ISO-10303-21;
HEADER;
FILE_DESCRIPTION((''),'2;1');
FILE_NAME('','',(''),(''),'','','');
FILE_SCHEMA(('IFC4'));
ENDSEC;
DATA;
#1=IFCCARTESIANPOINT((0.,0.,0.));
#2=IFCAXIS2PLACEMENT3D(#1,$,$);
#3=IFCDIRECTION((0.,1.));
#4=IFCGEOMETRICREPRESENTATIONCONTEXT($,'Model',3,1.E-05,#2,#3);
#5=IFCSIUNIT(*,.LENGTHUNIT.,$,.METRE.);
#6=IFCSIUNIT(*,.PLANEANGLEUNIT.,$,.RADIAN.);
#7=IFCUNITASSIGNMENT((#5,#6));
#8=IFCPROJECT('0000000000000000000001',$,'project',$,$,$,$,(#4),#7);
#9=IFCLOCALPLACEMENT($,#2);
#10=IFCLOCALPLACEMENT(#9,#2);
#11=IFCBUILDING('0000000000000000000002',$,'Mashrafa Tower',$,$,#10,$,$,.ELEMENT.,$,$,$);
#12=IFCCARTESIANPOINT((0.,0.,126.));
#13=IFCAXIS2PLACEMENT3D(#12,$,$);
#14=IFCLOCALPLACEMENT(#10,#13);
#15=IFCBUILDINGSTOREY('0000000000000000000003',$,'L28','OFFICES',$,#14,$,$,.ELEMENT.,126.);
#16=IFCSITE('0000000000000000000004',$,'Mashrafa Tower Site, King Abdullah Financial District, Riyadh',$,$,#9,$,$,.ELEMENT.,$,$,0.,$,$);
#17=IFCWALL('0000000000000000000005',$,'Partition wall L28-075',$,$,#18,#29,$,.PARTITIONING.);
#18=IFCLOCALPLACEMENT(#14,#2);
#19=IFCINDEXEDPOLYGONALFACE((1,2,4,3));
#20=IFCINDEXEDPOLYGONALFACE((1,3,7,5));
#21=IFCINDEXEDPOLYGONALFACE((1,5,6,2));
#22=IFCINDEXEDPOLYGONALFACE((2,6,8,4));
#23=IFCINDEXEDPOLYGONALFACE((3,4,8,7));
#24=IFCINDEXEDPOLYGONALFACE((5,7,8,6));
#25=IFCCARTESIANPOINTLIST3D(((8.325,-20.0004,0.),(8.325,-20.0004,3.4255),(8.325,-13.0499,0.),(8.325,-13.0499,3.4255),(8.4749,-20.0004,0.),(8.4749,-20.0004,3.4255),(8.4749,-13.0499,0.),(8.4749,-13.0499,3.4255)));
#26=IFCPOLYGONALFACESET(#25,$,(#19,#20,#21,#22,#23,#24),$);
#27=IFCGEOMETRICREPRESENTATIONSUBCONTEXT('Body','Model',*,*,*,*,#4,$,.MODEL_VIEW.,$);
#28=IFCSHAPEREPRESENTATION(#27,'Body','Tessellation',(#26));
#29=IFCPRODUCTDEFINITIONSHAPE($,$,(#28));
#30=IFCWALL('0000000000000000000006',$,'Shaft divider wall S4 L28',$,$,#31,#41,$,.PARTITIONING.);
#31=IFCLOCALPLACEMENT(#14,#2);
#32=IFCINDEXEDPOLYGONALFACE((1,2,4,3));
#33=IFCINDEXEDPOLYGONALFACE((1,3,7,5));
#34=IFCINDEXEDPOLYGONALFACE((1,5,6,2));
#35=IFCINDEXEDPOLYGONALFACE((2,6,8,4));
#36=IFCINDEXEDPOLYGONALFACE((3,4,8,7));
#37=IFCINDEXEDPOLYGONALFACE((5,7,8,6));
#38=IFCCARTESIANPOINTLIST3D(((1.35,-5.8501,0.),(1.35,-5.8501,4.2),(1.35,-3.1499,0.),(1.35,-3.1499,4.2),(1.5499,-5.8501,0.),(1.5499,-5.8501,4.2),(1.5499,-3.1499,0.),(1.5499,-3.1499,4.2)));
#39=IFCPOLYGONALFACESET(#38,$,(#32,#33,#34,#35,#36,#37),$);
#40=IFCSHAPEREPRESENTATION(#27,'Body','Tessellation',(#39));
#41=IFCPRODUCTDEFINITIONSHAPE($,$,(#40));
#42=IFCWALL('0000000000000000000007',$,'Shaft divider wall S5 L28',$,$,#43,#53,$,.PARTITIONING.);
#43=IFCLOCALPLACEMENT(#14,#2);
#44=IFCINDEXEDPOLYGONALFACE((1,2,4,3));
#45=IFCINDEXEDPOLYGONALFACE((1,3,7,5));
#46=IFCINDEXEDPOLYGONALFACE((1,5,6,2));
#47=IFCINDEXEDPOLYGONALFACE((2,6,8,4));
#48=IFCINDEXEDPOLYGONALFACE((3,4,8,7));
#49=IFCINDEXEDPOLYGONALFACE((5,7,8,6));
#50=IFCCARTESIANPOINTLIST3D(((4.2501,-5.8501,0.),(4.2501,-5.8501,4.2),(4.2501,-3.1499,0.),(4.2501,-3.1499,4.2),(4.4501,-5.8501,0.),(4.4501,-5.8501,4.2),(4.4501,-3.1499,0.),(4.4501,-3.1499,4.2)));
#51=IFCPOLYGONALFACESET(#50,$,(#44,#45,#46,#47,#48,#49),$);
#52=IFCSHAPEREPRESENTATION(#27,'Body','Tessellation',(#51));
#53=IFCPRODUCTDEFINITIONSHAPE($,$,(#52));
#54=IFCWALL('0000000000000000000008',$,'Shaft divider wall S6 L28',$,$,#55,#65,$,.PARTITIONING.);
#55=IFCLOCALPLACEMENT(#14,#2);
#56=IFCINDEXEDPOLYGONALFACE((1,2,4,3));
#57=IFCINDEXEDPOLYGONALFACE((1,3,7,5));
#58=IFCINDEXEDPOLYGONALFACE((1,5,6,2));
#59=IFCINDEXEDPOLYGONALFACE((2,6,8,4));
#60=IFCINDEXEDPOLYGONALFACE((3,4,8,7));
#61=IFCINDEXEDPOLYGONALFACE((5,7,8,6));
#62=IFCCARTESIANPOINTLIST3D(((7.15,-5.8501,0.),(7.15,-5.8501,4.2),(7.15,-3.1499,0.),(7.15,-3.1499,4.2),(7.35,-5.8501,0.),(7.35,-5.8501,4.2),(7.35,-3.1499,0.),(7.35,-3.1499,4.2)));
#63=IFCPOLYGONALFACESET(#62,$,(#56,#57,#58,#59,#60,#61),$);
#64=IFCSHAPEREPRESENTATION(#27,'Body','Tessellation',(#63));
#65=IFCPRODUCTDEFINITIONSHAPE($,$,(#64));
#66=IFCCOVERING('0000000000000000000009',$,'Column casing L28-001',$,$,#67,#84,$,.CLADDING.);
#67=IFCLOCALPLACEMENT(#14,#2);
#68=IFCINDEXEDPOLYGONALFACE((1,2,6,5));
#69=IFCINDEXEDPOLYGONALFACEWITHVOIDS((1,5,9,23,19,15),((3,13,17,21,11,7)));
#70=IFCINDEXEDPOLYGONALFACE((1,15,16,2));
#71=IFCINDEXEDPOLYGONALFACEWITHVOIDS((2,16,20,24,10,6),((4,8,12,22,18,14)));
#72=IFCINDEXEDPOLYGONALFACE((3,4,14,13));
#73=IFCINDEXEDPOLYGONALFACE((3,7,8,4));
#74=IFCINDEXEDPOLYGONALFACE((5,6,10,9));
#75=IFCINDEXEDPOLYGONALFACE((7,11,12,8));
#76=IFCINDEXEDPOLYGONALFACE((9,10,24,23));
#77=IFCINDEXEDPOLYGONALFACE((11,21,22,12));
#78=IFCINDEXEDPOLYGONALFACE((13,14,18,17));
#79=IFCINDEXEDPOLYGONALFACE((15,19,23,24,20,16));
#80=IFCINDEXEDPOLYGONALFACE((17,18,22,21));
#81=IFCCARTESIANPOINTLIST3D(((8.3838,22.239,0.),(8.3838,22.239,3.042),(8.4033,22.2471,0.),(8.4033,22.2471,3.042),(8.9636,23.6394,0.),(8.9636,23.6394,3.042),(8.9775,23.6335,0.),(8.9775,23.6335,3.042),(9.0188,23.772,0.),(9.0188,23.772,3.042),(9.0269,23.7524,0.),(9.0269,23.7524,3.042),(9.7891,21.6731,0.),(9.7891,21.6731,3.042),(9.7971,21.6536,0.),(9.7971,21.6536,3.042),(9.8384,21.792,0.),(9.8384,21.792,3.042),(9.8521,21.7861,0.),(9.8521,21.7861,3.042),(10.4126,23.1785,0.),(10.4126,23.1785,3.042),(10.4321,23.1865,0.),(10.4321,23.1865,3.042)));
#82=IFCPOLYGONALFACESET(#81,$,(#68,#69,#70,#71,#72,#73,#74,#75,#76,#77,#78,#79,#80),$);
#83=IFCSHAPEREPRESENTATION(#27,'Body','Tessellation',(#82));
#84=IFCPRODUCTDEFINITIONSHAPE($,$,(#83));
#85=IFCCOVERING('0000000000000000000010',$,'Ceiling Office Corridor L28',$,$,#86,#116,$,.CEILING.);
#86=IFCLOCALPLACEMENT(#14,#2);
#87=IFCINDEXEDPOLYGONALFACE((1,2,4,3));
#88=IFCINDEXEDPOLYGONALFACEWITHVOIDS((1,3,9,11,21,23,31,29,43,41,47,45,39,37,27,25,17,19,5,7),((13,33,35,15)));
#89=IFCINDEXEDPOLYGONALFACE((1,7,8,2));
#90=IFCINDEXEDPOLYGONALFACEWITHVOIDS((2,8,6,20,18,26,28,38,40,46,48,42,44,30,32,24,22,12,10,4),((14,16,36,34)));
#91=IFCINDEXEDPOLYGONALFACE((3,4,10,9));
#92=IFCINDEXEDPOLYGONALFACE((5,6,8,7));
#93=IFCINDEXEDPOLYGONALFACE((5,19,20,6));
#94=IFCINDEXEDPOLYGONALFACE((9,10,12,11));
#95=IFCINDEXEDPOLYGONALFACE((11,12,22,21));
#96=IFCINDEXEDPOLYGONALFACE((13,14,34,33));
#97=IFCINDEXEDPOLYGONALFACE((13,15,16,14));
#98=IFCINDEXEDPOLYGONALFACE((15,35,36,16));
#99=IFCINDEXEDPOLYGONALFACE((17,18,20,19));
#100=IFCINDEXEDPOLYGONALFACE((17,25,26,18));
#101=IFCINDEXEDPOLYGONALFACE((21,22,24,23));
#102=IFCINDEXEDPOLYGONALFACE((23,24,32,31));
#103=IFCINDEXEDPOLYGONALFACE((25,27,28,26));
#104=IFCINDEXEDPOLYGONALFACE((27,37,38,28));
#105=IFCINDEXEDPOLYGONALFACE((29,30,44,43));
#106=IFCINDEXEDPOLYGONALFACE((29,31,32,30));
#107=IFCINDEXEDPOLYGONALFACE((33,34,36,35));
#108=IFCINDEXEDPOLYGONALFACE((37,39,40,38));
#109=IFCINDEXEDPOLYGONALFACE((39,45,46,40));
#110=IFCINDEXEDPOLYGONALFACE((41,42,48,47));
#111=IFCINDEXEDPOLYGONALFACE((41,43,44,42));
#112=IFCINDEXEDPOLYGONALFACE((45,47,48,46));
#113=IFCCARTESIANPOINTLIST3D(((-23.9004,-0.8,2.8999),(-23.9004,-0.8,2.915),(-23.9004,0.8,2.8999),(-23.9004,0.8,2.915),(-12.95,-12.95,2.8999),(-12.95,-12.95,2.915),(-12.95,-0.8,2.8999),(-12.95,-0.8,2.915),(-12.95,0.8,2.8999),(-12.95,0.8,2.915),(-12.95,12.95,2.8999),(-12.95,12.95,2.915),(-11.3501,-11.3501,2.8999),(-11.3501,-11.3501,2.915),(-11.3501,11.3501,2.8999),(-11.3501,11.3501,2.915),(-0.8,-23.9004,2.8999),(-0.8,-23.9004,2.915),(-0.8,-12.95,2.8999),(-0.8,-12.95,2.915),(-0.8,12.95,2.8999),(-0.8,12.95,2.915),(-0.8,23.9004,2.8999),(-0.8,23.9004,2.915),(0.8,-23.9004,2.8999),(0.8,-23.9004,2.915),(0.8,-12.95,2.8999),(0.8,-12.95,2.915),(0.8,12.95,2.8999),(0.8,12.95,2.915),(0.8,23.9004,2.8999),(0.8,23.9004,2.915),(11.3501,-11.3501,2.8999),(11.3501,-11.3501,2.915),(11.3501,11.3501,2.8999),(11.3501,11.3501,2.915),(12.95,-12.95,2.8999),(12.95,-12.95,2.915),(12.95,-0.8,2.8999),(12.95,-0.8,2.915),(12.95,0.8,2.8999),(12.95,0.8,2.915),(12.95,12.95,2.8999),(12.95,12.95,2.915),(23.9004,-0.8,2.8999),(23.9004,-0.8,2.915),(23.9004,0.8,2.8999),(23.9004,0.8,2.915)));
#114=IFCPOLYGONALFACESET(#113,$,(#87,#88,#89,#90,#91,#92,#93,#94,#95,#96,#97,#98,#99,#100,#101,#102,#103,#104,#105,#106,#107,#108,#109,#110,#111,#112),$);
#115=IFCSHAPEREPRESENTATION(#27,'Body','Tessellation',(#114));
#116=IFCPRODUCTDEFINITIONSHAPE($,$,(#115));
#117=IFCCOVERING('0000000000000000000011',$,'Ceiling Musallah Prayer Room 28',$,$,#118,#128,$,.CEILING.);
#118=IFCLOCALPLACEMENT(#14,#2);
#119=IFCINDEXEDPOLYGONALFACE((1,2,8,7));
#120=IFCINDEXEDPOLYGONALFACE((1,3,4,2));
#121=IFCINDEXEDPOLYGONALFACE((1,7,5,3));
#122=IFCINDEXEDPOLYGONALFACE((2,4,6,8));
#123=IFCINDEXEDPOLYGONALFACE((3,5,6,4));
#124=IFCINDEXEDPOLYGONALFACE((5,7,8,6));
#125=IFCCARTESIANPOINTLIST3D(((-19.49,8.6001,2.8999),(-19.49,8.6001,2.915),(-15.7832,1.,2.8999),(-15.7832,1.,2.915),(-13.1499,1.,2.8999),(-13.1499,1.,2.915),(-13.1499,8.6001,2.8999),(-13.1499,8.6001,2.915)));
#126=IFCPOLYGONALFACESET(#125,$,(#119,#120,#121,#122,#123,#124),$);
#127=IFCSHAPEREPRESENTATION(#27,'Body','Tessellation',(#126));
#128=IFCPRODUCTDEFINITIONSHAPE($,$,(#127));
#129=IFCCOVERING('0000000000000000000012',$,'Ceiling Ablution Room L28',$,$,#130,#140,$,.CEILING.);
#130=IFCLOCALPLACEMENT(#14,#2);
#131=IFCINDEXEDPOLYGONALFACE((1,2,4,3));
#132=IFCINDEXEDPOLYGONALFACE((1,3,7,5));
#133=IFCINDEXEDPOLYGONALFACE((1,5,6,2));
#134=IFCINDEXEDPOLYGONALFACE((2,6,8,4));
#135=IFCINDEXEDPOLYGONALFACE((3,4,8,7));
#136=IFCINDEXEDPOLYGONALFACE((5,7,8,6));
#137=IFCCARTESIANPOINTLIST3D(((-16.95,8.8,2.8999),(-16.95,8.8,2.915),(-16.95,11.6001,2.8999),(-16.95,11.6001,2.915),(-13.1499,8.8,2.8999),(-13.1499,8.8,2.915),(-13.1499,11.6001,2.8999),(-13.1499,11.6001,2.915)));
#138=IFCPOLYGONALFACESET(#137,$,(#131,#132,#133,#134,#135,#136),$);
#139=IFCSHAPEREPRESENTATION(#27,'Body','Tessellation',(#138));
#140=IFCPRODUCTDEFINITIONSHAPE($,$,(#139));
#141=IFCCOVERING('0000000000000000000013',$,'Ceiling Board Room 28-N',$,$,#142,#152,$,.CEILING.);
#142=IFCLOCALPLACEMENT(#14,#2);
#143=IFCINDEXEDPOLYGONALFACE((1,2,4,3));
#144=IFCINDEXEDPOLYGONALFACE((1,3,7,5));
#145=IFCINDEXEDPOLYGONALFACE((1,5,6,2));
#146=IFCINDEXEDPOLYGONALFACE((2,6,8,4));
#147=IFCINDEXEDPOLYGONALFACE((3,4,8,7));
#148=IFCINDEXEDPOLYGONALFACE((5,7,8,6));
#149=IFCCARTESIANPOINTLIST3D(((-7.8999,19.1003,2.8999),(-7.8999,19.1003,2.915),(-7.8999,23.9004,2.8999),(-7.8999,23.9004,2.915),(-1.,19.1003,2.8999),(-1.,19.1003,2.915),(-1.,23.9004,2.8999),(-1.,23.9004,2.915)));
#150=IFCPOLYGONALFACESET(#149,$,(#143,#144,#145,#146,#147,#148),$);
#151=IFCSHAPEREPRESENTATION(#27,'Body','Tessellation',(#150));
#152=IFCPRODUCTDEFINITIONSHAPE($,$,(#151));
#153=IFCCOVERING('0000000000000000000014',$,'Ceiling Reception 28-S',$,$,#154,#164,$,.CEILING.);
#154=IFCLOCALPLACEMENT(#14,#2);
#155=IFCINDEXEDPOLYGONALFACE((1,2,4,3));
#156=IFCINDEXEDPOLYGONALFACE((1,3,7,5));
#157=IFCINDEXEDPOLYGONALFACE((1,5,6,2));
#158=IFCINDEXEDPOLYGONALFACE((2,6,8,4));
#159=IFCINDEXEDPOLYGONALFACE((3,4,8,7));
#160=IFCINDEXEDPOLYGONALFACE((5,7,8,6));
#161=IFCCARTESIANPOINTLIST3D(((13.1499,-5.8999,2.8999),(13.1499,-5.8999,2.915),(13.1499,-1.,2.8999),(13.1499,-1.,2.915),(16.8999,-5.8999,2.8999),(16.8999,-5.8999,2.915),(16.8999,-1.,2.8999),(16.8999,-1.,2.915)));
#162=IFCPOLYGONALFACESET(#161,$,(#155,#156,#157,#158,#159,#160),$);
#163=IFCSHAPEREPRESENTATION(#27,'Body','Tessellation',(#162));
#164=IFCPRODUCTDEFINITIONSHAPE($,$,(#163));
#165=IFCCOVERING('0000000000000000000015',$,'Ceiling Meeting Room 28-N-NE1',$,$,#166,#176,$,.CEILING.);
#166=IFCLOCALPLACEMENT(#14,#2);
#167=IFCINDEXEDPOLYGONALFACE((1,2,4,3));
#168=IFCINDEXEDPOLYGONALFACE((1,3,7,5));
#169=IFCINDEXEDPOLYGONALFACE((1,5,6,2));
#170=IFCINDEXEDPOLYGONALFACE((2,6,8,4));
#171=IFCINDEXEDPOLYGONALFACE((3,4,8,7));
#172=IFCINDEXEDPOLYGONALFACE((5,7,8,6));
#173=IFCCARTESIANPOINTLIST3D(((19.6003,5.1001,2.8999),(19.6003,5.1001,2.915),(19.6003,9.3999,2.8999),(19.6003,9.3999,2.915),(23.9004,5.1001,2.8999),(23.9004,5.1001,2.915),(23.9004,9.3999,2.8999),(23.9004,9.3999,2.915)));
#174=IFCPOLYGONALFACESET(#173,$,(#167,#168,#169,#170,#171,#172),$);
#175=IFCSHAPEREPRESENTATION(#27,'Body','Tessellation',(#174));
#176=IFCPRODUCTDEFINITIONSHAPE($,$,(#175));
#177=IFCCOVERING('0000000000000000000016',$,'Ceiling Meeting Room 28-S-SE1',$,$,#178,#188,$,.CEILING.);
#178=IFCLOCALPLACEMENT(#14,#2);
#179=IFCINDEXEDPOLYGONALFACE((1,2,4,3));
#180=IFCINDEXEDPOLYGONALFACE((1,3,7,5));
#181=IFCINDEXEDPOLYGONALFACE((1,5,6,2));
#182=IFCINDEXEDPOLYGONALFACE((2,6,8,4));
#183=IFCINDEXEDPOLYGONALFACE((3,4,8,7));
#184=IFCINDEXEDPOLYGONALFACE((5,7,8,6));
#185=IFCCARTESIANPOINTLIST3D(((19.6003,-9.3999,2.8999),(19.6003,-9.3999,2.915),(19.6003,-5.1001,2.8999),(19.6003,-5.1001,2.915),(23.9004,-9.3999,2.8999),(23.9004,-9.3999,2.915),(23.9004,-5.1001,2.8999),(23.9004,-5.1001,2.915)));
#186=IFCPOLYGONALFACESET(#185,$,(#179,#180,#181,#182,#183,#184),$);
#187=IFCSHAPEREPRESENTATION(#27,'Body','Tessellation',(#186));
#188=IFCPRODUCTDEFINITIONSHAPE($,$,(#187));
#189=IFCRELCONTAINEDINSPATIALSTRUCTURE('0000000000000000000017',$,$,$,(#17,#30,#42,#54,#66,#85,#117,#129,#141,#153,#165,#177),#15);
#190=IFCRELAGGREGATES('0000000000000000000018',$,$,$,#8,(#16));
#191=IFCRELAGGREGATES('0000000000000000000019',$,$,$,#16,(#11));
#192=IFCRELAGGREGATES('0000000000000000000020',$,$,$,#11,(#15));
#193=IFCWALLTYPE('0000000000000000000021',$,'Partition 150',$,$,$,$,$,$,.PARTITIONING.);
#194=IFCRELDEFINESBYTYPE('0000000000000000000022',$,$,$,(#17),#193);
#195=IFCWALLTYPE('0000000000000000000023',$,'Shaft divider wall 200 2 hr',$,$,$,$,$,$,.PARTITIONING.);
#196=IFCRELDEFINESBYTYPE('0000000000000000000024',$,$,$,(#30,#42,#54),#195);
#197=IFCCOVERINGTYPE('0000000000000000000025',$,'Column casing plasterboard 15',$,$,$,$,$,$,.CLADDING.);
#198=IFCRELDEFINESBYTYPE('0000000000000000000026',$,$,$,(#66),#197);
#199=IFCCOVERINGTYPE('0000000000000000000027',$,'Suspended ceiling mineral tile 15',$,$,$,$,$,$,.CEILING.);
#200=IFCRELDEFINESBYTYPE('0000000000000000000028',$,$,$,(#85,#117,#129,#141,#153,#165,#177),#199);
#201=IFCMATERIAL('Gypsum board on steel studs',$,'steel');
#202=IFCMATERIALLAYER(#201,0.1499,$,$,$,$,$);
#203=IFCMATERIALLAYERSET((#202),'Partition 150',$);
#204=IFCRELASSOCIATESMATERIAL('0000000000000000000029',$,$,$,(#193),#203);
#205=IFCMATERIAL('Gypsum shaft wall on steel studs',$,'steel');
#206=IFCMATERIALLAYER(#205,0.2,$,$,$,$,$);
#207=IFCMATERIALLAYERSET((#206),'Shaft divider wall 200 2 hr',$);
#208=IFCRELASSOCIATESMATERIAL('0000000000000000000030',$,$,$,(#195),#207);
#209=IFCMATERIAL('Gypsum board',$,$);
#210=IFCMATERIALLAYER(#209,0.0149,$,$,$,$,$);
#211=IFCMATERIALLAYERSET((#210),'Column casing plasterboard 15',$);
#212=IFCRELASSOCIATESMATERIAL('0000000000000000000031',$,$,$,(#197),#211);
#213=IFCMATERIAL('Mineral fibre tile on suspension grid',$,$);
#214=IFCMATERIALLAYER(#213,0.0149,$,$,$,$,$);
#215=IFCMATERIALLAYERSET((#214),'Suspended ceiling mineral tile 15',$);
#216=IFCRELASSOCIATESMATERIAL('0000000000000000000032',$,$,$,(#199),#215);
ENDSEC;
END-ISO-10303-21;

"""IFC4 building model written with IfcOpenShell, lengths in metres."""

from ifc_helpers import new_model, si_unit, direction, frame, frame_2d, origin, place, context, subcontext, project, spatial, polyline, rectangle, outline, extrude, material, layer, layer_set, type_object, element, save


model = new_model("IFC4")

# Units and contexts
model_context = context("Model", 3, precision=1e-05, world=origin(), true_north=direction((0.0, 1.0)))
body_context = subcontext(model_context, "Body", "Model", "MODEL_VIEW")
ifc_project = project(units=[si_unit("LENGTHUNIT", "METRE"), si_unit("PLANEANGLEUNIT", "RADIAN")], contexts=[model_context])

# Site, building, storey
site_placement = place(None, origin())
site = spatial("IfcSite", under=ifc_project, at=site_placement, Name="Mashrafa Tower Site, King Abdullah Financial District, Riyadh", CompositionType="ELEMENT", RefElevation=0.0)
building_placement = place(site_placement, origin())
building = spatial("IfcBuilding", under=site, at=building_placement, Name="Mashrafa Tower", CompositionType="ELEMENT")
storey_placement = place(building_placement, frame((0.0, 0.0, 126.0)))
storey = spatial("IfcBuildingStorey", under=building, at=storey_placement, Name="L28", Description="OFFICES", CompositionType="ELEMENT", Elevation=126.0)

# Walls
ifc_material_1 = material(Name="Gypsum board on steel studs", Category="steel")
ifc_layer_1 = layer(ifc_material_1, 0.1499)
ifc_layer_set_1 = layer_set([ifc_layer_1], Name="Partition 150")
wall_type_1 = type_object("IfcWallType", Name="Partition 150", PredefinedType="PARTITIONING", material=ifc_layer_set_1)
wall_1_placement = place(storey_placement, frame((8.3999, -13.05, 0.0), z_axis=(0.0, 0.0, 1.0), x_axis=(0.0, -1.0, 0.0)))
element("IfcWall", 1, at=wall_1_placement, inside=storey, type_object=wall_type_1, Name="Partition wall L28-075", PredefinedType="PARTITIONING", context=body_context, shape_type="SweptSolid", body=[
    extrude(rectangle(XDim=6.9504, YDim=0.1499, at=frame_2d((3.4751, 0.0))), origin(), (0.0, 0.0, 1.0), 3.4255),
])
ifc_material_2 = material(Name="Gypsum shaft wall on steel studs", Category="steel")
ifc_layer_2 = layer(ifc_material_2, 0.2)
ifc_layer_set_2 = layer_set([ifc_layer_2], Name="Shaft divider wall 200 2 hr")
wall_type_2 = type_object("IfcWallType", Name="Shaft divider wall 200 2 hr", PredefinedType="PARTITIONING", material=ifc_layer_set_2)
for number, where, z_axis, x_axis, name in (
    (2, (1.45, -5.8501, 0.0), (0.0, 0.0, 1.0), (0.0, 1.0, 0.0), "Shaft divider wall S4 L28"),
    (3, (4.3501, -5.8501, 0.0), (0.0, 0.0, 1.0), (0.0, 1.0, 0.0), "Shaft divider wall S5 L28"),
    (4, (7.25, -5.8501, 0.0), (0.0, 0.0, 1.0), (0.0, 1.0, 0.0), "Shaft divider wall S6 L28"),
):
    element("IfcWall", number, at=place(storey_placement, frame(where, z_axis=z_axis, x_axis=x_axis)), inside=storey, type_object=wall_type_2, Name=name, PredefinedType="PARTITIONING", context=body_context, shape_type="SweptSolid", body=[
        extrude(rectangle(XDim=2.7002, YDim=0.2, at=frame_2d((1.3501, 0.0))), origin(), (0.0, 0.0, 1.0), 4.2),
    ])

# Coverings
ifc_material_3 = material(Name="Gypsum board")
ifc_layer_3 = layer(ifc_material_3, 0.0149)
ifc_layer_set_3 = layer_set([ifc_layer_3], Name="Column casing plasterboard 15")
covering_type_1 = type_object("IfcCoveringType", Name="Column casing plasterboard 15", PredefinedType="CLADDING", material=ifc_layer_set_3)
covering_1_placement = place(storey_placement, origin())
element("IfcCovering", 5, at=covering_1_placement, inside=storey, type_object=covering_type_1, Name="Column casing L28-001", PredefinedType="CLADDING", context=body_context, shape_type="SweptSolid", body=[
    extrude(outline(polyline([(8.3838, 22.239), (8.9636, 23.6394), (9.0188, 23.772), (10.4321, 23.1865), (9.8521, 21.7861), (9.7971, 21.6536), (8.3838, 22.239)]), holes=[polyline([(9.8384, 21.792), (10.4126, 23.1785), (9.0269, 23.7524), (8.9775, 23.6335), (8.4033, 22.2471), (9.7891, 21.6731), (9.8384, 21.792)])]), origin(), (0.0, 0.0, 1.0), 3.042),
])
ifc_material_4 = material(Name="Mineral fibre tile on suspension grid")
ifc_layer_4 = layer(ifc_material_4, 0.0149)
ifc_layer_set_4 = layer_set([ifc_layer_4], Name="Suspended ceiling mineral tile 15")
covering_type_2 = type_object("IfcCoveringType", Name="Suspended ceiling mineral tile 15", PredefinedType="CEILING", material=ifc_layer_set_4)
covering_2_placement = place(storey_placement, frame((0.0, 0.0, 2.8999)))
element("IfcCovering", 6, at=covering_2_placement, inside=storey, type_object=covering_type_2, Name="Ceiling Office Corridor L28", PredefinedType="CEILING", context=body_context, shape_type="SweptSolid", body=[
    extrude(outline(polyline([(-12.95, -12.95), (-12.95, -0.8), (-23.9004, -0.8), (-23.9004, 0.8), (-12.95, 0.8), (-12.95, 12.95), (-0.8, 12.95), (-0.8, 23.9004), (0.8, 23.9004), (0.8, 12.95), (12.95, 12.95), (12.95, 0.8), (23.9004, 0.8), (23.9004, -0.8), (12.95, -0.8), (12.95, -12.95), (0.8, -12.95), (0.8, -23.9004), (-0.8, -23.9004), (-0.8, -12.95), (-12.95, -12.95)]), holes=[polyline([(11.3501, 11.3501), (-11.3501, 11.3501), (-11.3501, -11.3501), (11.3501, -11.3501), (11.3501, 11.3501)])]), origin(), (0.0, 0.0, 1.0), 0.0151),
])
covering_3_placement = place(storey_placement, frame((0.0, 0.0, 2.8999)))
element("IfcCovering", 7, at=covering_3_placement, inside=storey, type_object=covering_type_2, Name="Ceiling Musallah Prayer Room 28", PredefinedType="CEILING", context=body_context, shape_type="SweptSolid", body=[
    extrude(outline(polyline([(-15.7832, 1.0), (-19.49, 8.6001), (-13.1499, 8.6001), (-13.1499, 1.0), (-15.7832, 1.0)])), origin(), (0.0, 0.0, 1.0), 0.0151),
])
covering_4_placement = place(storey_placement, frame((0.0, 0.0, 2.8999)))
element("IfcCovering", 8, at=covering_4_placement, inside=storey, type_object=covering_type_2, Name="Ceiling Ablution Room L28", PredefinedType="CEILING", context=body_context, shape_type="SweptSolid", body=[
    extrude(outline(polyline([(-16.95, 8.8), (-16.95, 11.6001), (-13.1499, 11.6001), (-13.1499, 8.8), (-16.95, 8.8)])), origin(), (0.0, 0.0, 1.0), 0.0151),
])
covering_5_placement = place(storey_placement, frame((0.0, 0.0, 2.8999)))
element("IfcCovering", 9, at=covering_5_placement, inside=storey, type_object=covering_type_2, Name="Ceiling Board Room 28-N", PredefinedType="CEILING", context=body_context, shape_type="SweptSolid", body=[
    extrude(outline(polyline([(-7.8999, 23.9004), (-1.0, 23.9004), (-1.0, 19.1003), (-7.8999, 19.1003), (-7.8999, 23.9004)])), origin(), (0.0, 0.0, 1.0), 0.0151),
])
covering_6_placement = place(storey_placement, frame((0.0, 0.0, 2.8999)))
element("IfcCovering", 10, at=covering_6_placement, inside=storey, type_object=covering_type_2, Name="Ceiling Reception 28-S", PredefinedType="CEILING", context=body_context, shape_type="SweptSolid", body=[
    extrude(outline(polyline([(13.1499, -1.0), (16.8999, -1.0), (16.8999, -5.8999), (13.1499, -5.8999), (13.1499, -1.0)])), origin(), (0.0, 0.0, 1.0), 0.0151),
])
covering_7_placement = place(storey_placement, frame((0.0, 0.0, 2.8999)))
element("IfcCovering", 11, at=covering_7_placement, inside=storey, type_object=covering_type_2, Name="Ceiling Meeting Room 28-N-NE1", PredefinedType="CEILING", context=body_context, shape_type="SweptSolid", body=[
    extrude(outline(polyline([(19.6003, 9.3999), (23.9004, 9.3999), (23.9004, 5.1001), (19.6003, 5.1001), (19.6003, 9.3999)])), origin(), (0.0, 0.0, 1.0), 0.0151),
])
covering_8_placement = place(storey_placement, frame((0.0, 0.0, 2.8999)))
element("IfcCovering", 12, at=covering_8_placement, inside=storey, type_object=covering_type_2, Name="Ceiling Meeting Room 28-S-SE1", PredefinedType="CEILING", context=body_context, shape_type="SweptSolid", body=[
    extrude(outline(polyline([(19.6003, -5.1001), (23.9004, -5.1001), (23.9004, -9.3999), (19.6003, -9.3999), (19.6003, -5.1001)])), origin(), (0.0, 0.0, 1.0), 0.0151),
])

save(model, "model.ifc")
